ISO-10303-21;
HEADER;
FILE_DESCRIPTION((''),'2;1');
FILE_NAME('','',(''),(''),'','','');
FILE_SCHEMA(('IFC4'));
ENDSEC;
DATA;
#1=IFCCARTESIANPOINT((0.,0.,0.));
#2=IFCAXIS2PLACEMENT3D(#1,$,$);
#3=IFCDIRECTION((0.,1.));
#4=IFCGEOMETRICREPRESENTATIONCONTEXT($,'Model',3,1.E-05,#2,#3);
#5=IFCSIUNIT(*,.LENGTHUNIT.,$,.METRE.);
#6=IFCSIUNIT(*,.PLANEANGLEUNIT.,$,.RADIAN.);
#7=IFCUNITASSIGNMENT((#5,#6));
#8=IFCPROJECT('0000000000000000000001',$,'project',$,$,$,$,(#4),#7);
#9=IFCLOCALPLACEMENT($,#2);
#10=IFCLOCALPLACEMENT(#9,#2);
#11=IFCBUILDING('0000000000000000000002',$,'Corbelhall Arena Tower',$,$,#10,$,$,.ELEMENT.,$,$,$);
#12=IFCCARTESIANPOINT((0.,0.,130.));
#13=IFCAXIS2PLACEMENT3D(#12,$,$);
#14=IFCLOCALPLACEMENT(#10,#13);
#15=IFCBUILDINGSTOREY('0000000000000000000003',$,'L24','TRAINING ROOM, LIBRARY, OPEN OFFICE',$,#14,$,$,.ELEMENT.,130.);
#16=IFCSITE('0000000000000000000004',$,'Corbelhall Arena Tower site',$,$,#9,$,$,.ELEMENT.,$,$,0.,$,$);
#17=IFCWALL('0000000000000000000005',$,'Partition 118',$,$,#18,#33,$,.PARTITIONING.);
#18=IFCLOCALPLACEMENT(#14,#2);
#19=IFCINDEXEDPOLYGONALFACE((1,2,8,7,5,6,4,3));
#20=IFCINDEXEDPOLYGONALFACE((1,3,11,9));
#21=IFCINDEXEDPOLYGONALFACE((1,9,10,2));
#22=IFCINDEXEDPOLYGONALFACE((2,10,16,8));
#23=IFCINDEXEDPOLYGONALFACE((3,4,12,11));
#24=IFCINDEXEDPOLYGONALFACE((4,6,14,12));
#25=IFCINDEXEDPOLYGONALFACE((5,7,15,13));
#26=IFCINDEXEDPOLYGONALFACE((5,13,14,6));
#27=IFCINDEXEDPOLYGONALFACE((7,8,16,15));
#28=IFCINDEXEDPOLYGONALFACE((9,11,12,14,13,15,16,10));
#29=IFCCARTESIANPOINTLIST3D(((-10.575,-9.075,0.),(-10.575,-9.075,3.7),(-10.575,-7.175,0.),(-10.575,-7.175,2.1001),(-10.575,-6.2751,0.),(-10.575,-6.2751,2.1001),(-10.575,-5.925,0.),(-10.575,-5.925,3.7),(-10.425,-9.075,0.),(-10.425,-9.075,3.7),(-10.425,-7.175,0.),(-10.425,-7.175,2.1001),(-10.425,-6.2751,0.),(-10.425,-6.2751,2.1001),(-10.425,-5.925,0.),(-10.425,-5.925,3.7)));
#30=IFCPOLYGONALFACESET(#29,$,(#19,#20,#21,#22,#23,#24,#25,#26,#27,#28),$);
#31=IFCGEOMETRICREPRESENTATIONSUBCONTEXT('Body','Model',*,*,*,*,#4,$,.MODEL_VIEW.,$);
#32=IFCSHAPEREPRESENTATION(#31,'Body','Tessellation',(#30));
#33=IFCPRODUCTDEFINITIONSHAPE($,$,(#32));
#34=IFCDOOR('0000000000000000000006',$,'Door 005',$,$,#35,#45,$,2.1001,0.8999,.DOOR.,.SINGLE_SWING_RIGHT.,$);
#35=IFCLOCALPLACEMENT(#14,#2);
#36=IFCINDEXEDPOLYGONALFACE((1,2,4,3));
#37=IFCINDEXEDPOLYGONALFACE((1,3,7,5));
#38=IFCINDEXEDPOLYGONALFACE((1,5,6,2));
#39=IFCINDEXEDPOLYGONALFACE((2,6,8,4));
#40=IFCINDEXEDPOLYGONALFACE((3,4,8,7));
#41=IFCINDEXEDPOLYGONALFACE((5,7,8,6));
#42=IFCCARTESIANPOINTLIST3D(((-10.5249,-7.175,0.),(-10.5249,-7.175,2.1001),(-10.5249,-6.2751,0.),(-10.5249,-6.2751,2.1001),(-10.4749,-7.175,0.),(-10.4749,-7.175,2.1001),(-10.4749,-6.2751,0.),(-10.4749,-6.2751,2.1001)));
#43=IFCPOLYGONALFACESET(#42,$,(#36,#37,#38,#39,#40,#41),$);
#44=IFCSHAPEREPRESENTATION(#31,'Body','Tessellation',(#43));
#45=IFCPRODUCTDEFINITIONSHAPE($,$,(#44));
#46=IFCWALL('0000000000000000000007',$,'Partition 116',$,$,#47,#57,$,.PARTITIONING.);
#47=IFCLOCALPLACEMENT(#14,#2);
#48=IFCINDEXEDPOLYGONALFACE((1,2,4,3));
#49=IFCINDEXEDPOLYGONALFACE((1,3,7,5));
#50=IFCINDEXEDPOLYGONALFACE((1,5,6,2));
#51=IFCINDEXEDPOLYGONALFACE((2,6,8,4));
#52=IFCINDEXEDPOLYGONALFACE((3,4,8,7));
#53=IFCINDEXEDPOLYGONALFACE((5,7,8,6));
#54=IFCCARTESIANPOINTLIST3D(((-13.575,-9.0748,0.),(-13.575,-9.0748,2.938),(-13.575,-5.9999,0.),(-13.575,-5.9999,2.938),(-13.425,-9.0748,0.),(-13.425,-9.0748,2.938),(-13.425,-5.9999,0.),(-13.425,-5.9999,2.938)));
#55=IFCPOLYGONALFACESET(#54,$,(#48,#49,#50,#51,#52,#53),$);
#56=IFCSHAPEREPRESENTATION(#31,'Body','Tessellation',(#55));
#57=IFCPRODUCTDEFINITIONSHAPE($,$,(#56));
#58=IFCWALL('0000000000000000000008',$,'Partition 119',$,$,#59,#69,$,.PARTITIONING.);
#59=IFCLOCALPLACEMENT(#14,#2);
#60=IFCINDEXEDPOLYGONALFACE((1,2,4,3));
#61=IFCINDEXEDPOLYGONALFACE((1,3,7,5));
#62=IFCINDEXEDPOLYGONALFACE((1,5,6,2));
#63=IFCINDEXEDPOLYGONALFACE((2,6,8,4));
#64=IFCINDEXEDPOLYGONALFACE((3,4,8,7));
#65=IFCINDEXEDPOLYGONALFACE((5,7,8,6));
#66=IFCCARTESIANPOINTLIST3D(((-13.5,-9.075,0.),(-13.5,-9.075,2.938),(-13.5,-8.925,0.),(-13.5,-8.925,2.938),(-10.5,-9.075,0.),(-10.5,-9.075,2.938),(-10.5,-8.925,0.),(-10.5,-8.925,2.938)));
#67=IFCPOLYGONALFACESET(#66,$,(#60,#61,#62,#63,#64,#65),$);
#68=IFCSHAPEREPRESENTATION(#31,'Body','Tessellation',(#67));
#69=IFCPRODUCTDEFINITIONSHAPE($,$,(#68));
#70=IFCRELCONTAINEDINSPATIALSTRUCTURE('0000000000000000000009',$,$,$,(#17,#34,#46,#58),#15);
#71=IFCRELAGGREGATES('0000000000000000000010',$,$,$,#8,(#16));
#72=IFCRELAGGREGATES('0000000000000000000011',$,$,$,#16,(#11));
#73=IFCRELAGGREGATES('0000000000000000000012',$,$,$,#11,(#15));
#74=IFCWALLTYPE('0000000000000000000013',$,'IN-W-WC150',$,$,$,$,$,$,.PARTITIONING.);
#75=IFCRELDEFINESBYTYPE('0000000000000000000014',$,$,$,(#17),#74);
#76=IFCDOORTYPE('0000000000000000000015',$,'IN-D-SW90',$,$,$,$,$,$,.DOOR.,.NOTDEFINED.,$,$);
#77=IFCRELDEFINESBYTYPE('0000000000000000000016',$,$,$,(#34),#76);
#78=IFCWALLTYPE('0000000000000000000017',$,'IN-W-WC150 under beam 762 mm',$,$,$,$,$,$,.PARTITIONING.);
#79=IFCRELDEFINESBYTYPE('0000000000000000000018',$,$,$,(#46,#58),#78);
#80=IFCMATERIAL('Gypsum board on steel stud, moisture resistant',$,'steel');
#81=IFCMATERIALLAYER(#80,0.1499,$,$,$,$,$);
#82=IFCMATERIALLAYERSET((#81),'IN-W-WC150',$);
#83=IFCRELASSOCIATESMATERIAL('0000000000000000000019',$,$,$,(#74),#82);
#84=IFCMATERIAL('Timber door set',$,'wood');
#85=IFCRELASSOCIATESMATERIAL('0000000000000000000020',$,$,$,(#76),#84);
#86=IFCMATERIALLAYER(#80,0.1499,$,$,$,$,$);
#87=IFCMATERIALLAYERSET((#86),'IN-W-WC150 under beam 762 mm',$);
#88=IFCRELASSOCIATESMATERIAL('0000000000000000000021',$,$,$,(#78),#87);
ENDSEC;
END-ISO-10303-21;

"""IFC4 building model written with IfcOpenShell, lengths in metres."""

from ifc_helpers import new_model, si_unit, direction, frame, frame_2d, origin, place, context, subcontext, project, spatial, rectangle, extrude, material, layer, layer_set, type_object, element, fill, save


model = new_model("IFC4")

# Units and contexts
model_context = context("Model", 3, precision=1e-05, world=origin(), true_north=direction((0.0, 1.0)))
body_context = subcontext(model_context, "Body", "Model", "MODEL_VIEW")
ifc_project = project(units=[si_unit("LENGTHUNIT", "METRE"), si_unit("PLANEANGLEUNIT", "RADIAN")], contexts=[model_context])

# Site, building, storey
site_placement = place(None, origin())
site = spatial("IfcSite", under=ifc_project, at=site_placement, Name="Corbelhall Arena Tower site", CompositionType="ELEMENT", RefElevation=0.0)
building_placement = place(site_placement, origin())
building = spatial("IfcBuilding", under=site, at=building_placement, Name="Corbelhall Arena Tower", CompositionType="ELEMENT")
storey_placement = place(building_placement, frame((0.0, 0.0, 130.0)))
storey = spatial("IfcBuildingStorey", under=building, at=storey_placement, Name="L24", Description="TRAINING ROOM, LIBRARY, OPEN OFFICE", CompositionType="ELEMENT", Elevation=130.0)

# Wall, opening, door
ifc_material_1 = material(Name="Gypsum board on steel stud, moisture resistant", Category="steel")
ifc_layer_1 = layer(ifc_material_1, 0.1499)
ifc_layer_set_1 = layer_set([ifc_layer_1], Name="IN-W-WC150")
wall_type_1 = type_object("IfcWallType", Name="IN-W-WC150", PredefinedType="PARTITIONING", material=ifc_layer_set_1)
wall_1_placement = place(storey_placement, frame((-10.5, -9.075, 0.0), z_axis=(0.0, 0.0, 1.0), x_axis=(0.0, 1.0, 0.0)))
wall_1 = element("IfcWall", 1, at=wall_1_placement, inside=storey, type_object=wall_type_1, Name="Partition 118", PredefinedType="PARTITIONING", context=body_context, shape_type="SweptSolid", body=[
    extrude(rectangle(XDim=3.1499, YDim=0.1499, at=frame_2d((1.575, 0.0))), origin(), (0.0, 0.0, 1.0), 3.7),
])
opening_1_placement = place(wall_1_placement, frame((1.8999, 0.0, 0.0)))
opening_1 = element("IfcOpeningElement", 2, at=opening_1_placement, cuts=wall_1, PredefinedType="OPENING", context=body_context, shape_type="SweptSolid", body=[
    extrude(rectangle(XDim=0.8999, YDim=2.1001, at=frame_2d((0.45, 1.05))), frame((0.0, 0.075, 0.0), z_axis=(0.0, -1.0, 0.0), x_axis=(1.0, 0.0, 0.0)), (0.0, 0.0, 1.0), 0.1499),
])
ifc_material_2 = material(Name="Timber door set", Category="wood")
door_type_1 = type_object("IfcDoorType", Name="IN-D-SW90", OperationType="NOTDEFINED", PredefinedType="DOOR", material=ifc_material_2)
door_1_placement = place(opening_1_placement, origin())
door_1 = element("IfcDoor", 3, at=door_1_placement, inside=storey, type_object=door_type_1, Name="Door 005", OperationType="SINGLE_SWING_RIGHT", OverallHeight=2.1001, OverallWidth=0.8999, PredefinedType="DOOR", context=body_context, shape_type="SweptSolid", body=[
    extrude(rectangle(XDim=0.8999, YDim=2.1001, at=frame_2d((0.45, 1.05))), frame((0.0, 0.0249, 0.0), z_axis=(0.0, -1.0, 0.0), x_axis=(1.0, 0.0, 0.0)), (0.0, 0.0, 1.0), 0.05),
])
fill(opening_1, door_1)

# Walls
ifc_layer_2 = layer(ifc_material_1, 0.1499)
ifc_layer_set_2 = layer_set([ifc_layer_2], Name="IN-W-WC150 under beam 762 mm")
wall_type_2 = type_object("IfcWallType", Name="IN-W-WC150 under beam 762 mm", PredefinedType="PARTITIONING", material=ifc_layer_set_2)
wall_2_placement = place(storey_placement, frame((-13.5, -9.075, 0.0), z_axis=(0.0, 0.0, 1.0), x_axis=(0.0, 1.0, 0.0)))
element("IfcWall", 4, at=wall_2_placement, inside=storey, type_object=wall_type_2, Name="Partition 116", PredefinedType="PARTITIONING", context=body_context, shape_type="SweptSolid", body=[
    extrude(rectangle(XDim=3.075, YDim=0.1499, at=frame_2d((1.5376, 0.0))), origin(), (0.0, 0.0, 1.0), 2.938),
])
wall_3_placement = place(storey_placement, frame((-10.5, -9.0, 0.0), z_axis=(0.0, 0.0, 1.0), x_axis=(-1.0, 0.0, 0.0)))
element("IfcWall", 5, at=wall_3_placement, inside=storey, type_object=wall_type_2, Name="Partition 119", PredefinedType="PARTITIONING", context=body_context, shape_type="SweptSolid", body=[
    extrude(rectangle(XDim=3.0, YDim=0.1499, at=frame_2d((1.5, 0.0))), origin(), (0.0, 0.0, 1.0), 2.938),
])

save(model, "model.ifc")
